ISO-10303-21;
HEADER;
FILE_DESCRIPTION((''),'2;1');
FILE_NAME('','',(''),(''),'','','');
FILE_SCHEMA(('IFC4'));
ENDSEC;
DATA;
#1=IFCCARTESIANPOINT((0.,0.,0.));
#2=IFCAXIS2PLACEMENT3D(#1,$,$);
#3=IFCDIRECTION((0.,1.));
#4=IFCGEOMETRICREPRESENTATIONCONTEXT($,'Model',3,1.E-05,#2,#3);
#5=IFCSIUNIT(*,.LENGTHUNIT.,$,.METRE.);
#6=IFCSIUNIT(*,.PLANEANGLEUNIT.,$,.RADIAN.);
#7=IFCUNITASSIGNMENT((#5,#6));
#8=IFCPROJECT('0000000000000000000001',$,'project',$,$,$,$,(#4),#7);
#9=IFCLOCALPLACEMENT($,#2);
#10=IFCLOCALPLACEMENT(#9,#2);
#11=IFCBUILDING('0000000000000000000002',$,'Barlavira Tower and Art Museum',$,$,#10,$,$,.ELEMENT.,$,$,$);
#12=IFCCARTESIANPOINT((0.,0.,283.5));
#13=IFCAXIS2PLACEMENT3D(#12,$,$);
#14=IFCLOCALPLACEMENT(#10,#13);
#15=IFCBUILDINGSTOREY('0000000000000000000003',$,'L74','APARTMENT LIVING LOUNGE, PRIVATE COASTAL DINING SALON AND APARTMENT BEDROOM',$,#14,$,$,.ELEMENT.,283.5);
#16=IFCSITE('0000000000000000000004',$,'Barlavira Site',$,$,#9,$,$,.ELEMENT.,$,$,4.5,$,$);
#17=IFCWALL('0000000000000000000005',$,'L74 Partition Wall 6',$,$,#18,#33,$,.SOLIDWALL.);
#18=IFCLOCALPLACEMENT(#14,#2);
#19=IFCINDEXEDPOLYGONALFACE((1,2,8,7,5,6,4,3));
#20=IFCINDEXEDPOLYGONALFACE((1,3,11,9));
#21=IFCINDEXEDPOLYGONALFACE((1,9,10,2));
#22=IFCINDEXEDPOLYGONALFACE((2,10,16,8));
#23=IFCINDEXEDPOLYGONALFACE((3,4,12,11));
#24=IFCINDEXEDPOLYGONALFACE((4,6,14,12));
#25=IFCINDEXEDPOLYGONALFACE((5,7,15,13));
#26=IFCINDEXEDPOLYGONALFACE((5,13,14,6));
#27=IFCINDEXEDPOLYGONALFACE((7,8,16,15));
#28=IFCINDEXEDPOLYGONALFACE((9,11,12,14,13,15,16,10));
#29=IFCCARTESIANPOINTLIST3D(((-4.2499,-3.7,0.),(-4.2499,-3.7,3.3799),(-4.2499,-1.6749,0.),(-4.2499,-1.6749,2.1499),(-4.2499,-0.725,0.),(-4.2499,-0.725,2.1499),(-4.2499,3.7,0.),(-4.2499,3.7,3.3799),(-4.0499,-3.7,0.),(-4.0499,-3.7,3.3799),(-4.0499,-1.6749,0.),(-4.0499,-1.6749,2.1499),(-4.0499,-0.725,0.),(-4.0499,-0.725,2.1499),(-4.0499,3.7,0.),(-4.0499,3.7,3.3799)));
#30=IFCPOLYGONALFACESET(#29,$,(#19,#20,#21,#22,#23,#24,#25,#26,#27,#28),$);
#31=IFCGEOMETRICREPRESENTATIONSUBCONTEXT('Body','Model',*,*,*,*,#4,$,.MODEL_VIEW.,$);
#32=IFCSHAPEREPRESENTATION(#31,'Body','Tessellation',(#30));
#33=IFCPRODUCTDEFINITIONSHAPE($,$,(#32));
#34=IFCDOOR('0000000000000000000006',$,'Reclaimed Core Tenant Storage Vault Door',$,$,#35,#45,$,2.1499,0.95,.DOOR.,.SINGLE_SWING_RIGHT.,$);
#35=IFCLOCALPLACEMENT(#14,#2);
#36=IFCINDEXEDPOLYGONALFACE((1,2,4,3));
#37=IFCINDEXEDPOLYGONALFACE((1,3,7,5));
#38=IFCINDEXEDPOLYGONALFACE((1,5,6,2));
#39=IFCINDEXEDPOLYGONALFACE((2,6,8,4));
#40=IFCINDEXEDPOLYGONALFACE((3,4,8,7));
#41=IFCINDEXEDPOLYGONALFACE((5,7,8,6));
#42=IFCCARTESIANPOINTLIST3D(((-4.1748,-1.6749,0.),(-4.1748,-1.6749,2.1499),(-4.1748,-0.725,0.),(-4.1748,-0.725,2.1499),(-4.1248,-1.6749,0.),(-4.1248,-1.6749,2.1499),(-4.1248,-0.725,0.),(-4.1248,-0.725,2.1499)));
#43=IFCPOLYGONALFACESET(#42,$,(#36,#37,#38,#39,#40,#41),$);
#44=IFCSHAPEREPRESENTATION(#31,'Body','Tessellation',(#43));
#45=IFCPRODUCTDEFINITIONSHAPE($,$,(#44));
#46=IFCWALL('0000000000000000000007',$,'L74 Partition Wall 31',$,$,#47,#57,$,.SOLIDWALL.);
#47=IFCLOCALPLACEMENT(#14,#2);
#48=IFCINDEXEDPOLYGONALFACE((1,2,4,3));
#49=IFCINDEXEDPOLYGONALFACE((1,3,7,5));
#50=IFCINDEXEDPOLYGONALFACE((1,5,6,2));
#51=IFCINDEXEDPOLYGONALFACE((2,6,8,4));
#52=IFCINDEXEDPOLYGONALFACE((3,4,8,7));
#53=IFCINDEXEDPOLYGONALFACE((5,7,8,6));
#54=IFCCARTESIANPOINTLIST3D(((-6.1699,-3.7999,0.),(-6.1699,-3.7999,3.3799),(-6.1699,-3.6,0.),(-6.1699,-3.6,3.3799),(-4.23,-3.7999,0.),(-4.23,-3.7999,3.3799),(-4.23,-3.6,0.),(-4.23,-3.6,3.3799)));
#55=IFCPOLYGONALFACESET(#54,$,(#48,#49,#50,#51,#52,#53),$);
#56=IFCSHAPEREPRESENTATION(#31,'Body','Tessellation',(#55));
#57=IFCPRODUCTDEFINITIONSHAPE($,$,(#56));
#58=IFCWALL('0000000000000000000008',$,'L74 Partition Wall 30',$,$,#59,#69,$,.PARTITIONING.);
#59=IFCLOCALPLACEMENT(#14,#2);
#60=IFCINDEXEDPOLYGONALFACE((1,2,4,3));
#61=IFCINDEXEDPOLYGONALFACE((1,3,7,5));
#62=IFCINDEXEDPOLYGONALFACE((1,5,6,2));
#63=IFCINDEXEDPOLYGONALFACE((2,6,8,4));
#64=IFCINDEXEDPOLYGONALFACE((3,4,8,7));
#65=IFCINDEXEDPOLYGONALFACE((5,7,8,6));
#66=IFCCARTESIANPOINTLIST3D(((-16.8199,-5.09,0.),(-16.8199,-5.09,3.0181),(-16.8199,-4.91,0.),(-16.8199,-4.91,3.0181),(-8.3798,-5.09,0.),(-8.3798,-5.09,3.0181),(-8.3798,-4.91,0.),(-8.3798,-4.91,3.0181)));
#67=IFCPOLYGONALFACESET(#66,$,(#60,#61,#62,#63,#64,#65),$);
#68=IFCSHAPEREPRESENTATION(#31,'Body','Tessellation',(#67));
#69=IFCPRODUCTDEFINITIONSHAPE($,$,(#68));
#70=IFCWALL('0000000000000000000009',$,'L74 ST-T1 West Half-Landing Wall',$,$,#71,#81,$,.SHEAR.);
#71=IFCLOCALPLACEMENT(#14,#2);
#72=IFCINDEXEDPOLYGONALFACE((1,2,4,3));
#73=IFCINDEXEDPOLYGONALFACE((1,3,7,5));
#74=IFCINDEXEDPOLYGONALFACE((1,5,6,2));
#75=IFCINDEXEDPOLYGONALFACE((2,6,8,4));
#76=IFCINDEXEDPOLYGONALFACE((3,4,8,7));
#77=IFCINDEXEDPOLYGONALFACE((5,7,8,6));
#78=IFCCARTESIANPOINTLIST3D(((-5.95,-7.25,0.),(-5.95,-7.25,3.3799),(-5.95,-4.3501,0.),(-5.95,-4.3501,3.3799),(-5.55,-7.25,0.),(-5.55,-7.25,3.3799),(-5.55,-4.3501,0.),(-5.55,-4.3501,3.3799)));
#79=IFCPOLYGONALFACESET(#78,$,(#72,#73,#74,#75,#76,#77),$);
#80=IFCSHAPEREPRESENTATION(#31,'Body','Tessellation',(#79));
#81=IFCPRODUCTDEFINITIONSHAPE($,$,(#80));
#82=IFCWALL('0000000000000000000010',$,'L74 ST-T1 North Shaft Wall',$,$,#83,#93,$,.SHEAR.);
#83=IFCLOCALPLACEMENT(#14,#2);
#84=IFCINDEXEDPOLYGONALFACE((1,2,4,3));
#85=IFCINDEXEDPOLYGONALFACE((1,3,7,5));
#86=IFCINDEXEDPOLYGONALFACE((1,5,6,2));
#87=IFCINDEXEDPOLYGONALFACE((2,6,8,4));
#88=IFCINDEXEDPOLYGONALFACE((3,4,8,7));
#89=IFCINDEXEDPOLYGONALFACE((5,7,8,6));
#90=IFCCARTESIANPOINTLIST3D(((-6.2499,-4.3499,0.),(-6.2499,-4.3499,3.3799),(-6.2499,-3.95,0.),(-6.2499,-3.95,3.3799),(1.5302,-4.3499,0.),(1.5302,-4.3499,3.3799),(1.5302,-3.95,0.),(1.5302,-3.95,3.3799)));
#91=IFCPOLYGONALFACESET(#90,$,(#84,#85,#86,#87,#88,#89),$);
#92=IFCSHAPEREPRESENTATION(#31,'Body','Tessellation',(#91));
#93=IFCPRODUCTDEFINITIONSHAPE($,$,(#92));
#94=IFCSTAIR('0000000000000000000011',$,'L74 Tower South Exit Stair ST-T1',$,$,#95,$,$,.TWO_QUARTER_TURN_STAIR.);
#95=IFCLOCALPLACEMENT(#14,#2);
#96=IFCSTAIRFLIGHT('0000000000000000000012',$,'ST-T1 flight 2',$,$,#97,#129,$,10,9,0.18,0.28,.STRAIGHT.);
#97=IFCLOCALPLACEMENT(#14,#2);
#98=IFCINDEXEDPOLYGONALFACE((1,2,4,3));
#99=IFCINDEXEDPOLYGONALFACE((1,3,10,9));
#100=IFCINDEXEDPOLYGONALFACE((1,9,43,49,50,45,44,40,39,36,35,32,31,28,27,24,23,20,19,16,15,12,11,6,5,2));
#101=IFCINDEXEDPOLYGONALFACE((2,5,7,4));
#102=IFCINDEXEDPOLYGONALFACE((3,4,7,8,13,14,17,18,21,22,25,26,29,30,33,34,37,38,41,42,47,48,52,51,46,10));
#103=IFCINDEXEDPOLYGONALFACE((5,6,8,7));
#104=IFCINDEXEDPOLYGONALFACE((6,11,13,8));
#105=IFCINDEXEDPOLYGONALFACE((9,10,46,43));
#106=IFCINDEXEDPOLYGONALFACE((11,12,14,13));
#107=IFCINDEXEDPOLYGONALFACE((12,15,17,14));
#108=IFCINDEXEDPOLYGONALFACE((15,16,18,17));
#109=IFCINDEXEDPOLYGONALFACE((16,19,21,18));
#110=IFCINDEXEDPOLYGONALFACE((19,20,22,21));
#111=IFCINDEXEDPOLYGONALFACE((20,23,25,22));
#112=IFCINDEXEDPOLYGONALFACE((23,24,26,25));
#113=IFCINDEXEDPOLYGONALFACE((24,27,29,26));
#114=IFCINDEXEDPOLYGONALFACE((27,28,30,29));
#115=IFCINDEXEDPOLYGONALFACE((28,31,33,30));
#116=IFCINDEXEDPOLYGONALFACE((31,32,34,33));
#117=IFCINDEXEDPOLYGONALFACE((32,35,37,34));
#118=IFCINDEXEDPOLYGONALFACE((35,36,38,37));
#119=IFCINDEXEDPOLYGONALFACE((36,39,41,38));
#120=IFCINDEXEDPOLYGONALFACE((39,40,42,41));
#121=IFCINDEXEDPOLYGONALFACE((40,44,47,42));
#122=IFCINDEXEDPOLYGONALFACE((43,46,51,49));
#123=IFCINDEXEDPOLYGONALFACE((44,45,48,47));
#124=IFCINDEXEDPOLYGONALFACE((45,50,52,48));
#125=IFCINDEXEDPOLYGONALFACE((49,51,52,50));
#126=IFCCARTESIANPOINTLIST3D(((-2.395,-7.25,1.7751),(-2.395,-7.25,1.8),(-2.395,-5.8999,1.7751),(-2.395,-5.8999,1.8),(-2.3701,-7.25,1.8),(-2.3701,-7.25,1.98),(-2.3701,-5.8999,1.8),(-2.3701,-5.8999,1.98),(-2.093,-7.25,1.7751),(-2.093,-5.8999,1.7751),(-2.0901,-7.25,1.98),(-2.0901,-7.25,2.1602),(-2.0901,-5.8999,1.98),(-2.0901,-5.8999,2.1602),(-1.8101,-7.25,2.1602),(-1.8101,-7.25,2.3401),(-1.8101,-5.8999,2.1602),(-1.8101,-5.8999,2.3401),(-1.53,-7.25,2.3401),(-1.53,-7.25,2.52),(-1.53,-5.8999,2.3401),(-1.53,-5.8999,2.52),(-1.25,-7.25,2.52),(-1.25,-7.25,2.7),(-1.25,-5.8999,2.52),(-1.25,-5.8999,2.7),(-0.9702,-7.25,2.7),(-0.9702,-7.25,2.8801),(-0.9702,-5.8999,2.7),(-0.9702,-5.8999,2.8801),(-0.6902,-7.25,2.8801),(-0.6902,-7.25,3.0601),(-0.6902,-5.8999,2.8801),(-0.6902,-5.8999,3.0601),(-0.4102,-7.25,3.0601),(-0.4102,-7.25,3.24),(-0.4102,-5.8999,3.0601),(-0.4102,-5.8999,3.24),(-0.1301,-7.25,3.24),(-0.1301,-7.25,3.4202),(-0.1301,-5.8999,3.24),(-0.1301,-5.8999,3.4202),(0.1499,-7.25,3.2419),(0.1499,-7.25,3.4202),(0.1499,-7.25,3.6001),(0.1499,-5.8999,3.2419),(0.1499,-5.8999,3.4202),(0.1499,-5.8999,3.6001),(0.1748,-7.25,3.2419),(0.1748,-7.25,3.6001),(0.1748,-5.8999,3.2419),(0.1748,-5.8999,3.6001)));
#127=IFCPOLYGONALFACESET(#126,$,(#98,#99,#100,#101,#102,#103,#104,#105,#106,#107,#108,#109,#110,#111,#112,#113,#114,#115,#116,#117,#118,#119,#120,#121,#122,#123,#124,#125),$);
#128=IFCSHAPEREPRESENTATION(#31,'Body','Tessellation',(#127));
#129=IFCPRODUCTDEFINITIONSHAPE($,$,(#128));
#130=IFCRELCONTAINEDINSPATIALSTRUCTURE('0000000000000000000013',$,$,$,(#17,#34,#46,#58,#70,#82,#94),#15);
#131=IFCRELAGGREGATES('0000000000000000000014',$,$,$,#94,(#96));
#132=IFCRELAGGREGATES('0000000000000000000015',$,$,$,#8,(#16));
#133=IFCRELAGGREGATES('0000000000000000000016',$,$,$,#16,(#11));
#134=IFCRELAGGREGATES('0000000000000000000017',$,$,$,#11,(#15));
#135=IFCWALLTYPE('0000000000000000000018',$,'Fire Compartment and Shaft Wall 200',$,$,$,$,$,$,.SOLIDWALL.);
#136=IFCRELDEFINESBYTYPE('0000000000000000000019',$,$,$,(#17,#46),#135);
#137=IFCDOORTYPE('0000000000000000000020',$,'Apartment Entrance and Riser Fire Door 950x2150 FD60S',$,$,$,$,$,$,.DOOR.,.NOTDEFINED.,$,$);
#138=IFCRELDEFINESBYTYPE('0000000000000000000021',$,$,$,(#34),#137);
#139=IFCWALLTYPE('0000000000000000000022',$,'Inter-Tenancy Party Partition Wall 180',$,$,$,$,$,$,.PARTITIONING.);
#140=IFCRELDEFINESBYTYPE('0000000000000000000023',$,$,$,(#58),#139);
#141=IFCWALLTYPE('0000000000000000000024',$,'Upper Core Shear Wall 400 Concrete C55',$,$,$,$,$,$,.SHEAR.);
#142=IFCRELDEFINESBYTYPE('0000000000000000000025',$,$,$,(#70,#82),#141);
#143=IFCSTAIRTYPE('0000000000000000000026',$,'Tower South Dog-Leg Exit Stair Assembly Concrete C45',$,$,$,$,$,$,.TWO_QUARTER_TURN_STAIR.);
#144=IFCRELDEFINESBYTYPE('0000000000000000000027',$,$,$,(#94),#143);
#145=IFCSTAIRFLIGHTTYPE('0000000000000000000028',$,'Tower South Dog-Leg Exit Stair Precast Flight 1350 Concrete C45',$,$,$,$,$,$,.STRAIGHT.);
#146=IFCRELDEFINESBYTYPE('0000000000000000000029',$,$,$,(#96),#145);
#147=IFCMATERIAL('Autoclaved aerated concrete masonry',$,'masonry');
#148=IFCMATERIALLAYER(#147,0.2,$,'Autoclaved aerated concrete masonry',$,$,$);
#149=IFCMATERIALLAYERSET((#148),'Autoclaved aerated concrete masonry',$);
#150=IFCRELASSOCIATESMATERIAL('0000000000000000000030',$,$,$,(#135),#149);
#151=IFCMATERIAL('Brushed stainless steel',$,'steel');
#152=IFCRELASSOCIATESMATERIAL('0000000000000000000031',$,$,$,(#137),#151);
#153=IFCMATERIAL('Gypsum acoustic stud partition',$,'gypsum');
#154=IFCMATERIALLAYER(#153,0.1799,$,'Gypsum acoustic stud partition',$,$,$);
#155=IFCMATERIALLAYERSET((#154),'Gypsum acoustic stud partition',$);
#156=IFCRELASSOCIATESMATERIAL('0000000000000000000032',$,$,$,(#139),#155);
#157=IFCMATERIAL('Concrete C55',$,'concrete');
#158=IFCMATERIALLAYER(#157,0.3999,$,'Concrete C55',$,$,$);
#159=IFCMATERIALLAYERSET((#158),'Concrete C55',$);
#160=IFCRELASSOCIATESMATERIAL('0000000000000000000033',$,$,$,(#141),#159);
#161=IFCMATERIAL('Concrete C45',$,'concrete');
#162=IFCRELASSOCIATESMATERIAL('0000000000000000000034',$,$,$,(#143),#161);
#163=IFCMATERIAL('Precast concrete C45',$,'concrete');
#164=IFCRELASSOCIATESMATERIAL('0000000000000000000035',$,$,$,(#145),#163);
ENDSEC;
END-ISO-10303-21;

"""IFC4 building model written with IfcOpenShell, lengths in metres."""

from ifc_helpers import new_model, si_unit, direction, frame, frame_2d, origin, place, context, subcontext, project, spatial, polyline, rectangle, outline, extrude, material, layer, layer_set, type_object, element, fill, aggregate, save


model = new_model("IFC4")

# Units and contexts
model_context = context("Model", 3, precision=1e-05, world=origin(), true_north=direction((0.0, 1.0)))
body_context = subcontext(model_context, "Body", "Model", "MODEL_VIEW")
ifc_project = project(units=[si_unit("LENGTHUNIT", "METRE"), si_unit("PLANEANGLEUNIT", "RADIAN")], contexts=[model_context])

# Site, building, storey
site_placement = place(None, origin())
site = spatial("IfcSite", under=ifc_project, at=site_placement, Name="Barlavira Site", CompositionType="ELEMENT", RefElevation=4.5)
building_placement = place(site_placement, origin())
building = spatial("IfcBuilding", under=site, at=building_placement, Name="Barlavira Tower and Art Museum", CompositionType="ELEMENT")
storey_placement = place(building_placement, frame((0.0, 0.0, 283.5)))
storey = spatial("IfcBuildingStorey", under=building, at=storey_placement, Name="L74", Description="APARTMENT LIVING LOUNGE, PRIVATE COASTAL DINING SALON AND APARTMENT BEDROOM", CompositionType="ELEMENT", Elevation=283.5)

# Shared definitions
ifc_material_1 = material(Name="Autoclaved aerated concrete masonry", Category="masonry")
ifc_layer_1 = layer(ifc_material_1, 0.2, Name="Autoclaved aerated concrete masonry")
ifc_layer_set_1 = layer_set([ifc_layer_1], Name="Autoclaved aerated concrete masonry")
wall_type_1 = type_object("IfcWallType", Name="Fire Compartment and Shaft Wall 200", PredefinedType="SOLIDWALL", material=ifc_layer_set_1)

# Wall, opening, door
wall_1_placement = place(storey_placement, frame((-4.1499, -3.7, 0.0), z_axis=(0.0, 0.0, 1.0), x_axis=(0.0, 1.0, 0.0)))
wall_1 = element("IfcWall", 1, at=wall_1_placement, inside=storey, type_object=wall_type_1, Name="L74 Partition Wall 6", PredefinedType="SOLIDWALL", context=body_context, shape_type="SweptSolid", body=[
    extrude(rectangle(XDim=7.3999, YDim=0.2, at=frame_2d((3.7, 0.0))), origin(), (0.0, 0.0, 1.0), 3.3799),
])
opening_1_placement = place(wall_1_placement, frame((2.0249, 0.0, 0.0)))
opening_1 = element("IfcOpeningElement", 2, at=opening_1_placement, cuts=wall_1, PredefinedType="OPENING", context=body_context, shape_type="SweptSolid", body=[
    extrude(rectangle(XDim=0.95, YDim=2.1499, at=frame_2d((0.4751, 1.075))), frame((0.0, 0.1099, 0.0), z_axis=(0.0, -1.0, 0.0), x_axis=(1.0, 0.0, 0.0)), (0.0, 0.0, 1.0), 0.22),
])
ifc_material_2 = material(Name="Brushed stainless steel", Category="steel")
door_type = type_object("IfcDoorType", Name="Apartment Entrance and Riser Fire Door 950x2150 FD60S", OperationType="NOTDEFINED", PredefinedType="DOOR", material=ifc_material_2)
door_1_placement = place(opening_1_placement, origin())
door_1 = element("IfcDoor", 3, at=door_1_placement, inside=storey, type_object=door_type, Name="Reclaimed Core Tenant Storage Vault Door", OperationType="SINGLE_SWING_RIGHT", OverallHeight=2.1499, OverallWidth=0.95, PredefinedType="DOOR", context=body_context, shape_type="SweptSolid", body=[
    extrude(rectangle(XDim=0.95, YDim=2.1499, at=frame_2d((0.4751, 1.075))), frame((0.0, 0.0249, 0.0), z_axis=(0.0, -1.0, 0.0), x_axis=(1.0, 0.0, 0.0)), (0.0, 0.0, 1.0), 0.05),
])
fill(opening_1, door_1)

# Wall
wall_2_placement = place(storey_placement, frame((-6.1699, -3.7, 0.0), z_axis=(0.0, 0.0, 1.0), x_axis=(1.0, 0.0, 0.0)))
element("IfcWall", 4, at=wall_2_placement, inside=storey, type_object=wall_type_1, Name="L74 Partition Wall 31", PredefinedType="SOLIDWALL", context=body_context, shape_type="SweptSolid", body=[
    extrude(rectangle(XDim=1.9399, YDim=0.2, at=frame_2d((0.97, 0.0))), origin(), (0.0, 0.0, 1.0), 3.3799),
])

# Shared definitions
ifc_material_3 = material(Name="Gypsum acoustic stud partition", Category="gypsum")
ifc_layer_2 = layer(ifc_material_3, 0.1799, Name="Gypsum acoustic stud partition")
ifc_layer_set_2 = layer_set([ifc_layer_2], Name="Gypsum acoustic stud partition")
wall_type_2 = type_object("IfcWallType", Name="Inter-Tenancy Party Partition Wall 180", PredefinedType="PARTITIONING", material=ifc_layer_set_2)

# Walls
wall_3_placement = place(storey_placement, frame((-16.8201, -5.0, 0.0), z_axis=(0.0, 0.0, 1.0), x_axis=(1.0, 0.0, 0.0)))
element("IfcWall", 5, at=wall_3_placement, inside=storey, type_object=wall_type_2, Name="L74 Partition Wall 30", PredefinedType="PARTITIONING", context=body_context, shape_type="SweptSolid", body=[
    extrude(rectangle(XDim=8.4402, YDim=0.1799, at=frame_2d((4.2202, 0.0))), origin(), (0.0, 0.0, 1.0), 3.0181),
])
ifc_material_4 = material(Name="Concrete C55", Category="concrete")
ifc_layer_3 = layer(ifc_material_4, 0.3999, Name="Concrete C55")
ifc_layer_set_3 = layer_set([ifc_layer_3], Name="Concrete C55")
wall_type_3 = type_object("IfcWallType", Name="Upper Core Shear Wall 400 Concrete C55", PredefinedType="SHEAR", material=ifc_layer_set_3)
wall_4_placement = place(storey_placement, frame((-5.75, -7.25, 0.0), z_axis=(0.0, 0.0, 1.0), x_axis=(0.0, 1.0, 0.0)))
element("IfcWall", 6, at=wall_4_placement, inside=storey, type_object=wall_type_3, Name="L74 ST-T1 West Half-Landing Wall", PredefinedType="SHEAR", context=body_context, shape_type="SweptSolid", body=[
    extrude(rectangle(XDim=2.8999, YDim=0.3999, at=frame_2d((1.45, 0.0))), origin(), (0.0, 0.0, 1.0), 3.3799),
])
wall_5_placement = place(storey_placement, frame((-6.25, -4.1499, 0.0), z_axis=(0.0, 0.0, 1.0), x_axis=(1.0, 0.0, 0.0)))
element("IfcWall", 7, at=wall_5_placement, inside=storey, type_object=wall_type_3, Name="L74 ST-T1 North Shaft Wall", PredefinedType="SHEAR", context=body_context, shape_type="SweptSolid", body=[
    extrude(rectangle(XDim=7.78, YDim=0.3999, at=frame_2d((3.8901, 0.0))), origin(), (0.0, 0.0, 1.0), 3.3799),
])

# Stair, stair flight
ifc_material_5 = material(Name="Concrete C45", Category="concrete")
stair_type = type_object("IfcStairType", Name="Tower South Dog-Leg Exit Stair Assembly Concrete C45", PredefinedType="TWO_QUARTER_TURN_STAIR", material=ifc_material_5)
stair_placement = place(storey_placement, origin())
stair = element("IfcStair", 8, at=stair_placement, inside=storey, type_object=stair_type, Name="L74 Tower South Exit Stair ST-T1", PredefinedType="TWO_QUARTER_TURN_STAIR")
ifc_material_6 = material(Name="Precast concrete C45", Category="concrete")
stair_flight_type = type_object("IfcStairFlightType", Name="Tower South Dog-Leg Exit Stair Precast Flight 1350 Concrete C45", PredefinedType="STRAIGHT", material=ifc_material_6)
stair_flight_placement = place(storey_placement, frame((-2.3701, -6.575, 1.8), z_axis=(0.0, 0.0, 1.0), x_axis=(1.0, 0.0, 0.0)))
stair_flight = element("IfcStairFlight", 9, at=stair_flight_placement, type_object=stair_flight_type, Name="ST-T1 flight 2", NumberOfRisers=10, NumberOfTreads=9, PredefinedType="STRAIGHT", RiserHeight=0.18, TreadLength=0.28, context=body_context, shape_type="SweptSolid", body=[
    extrude(outline(polyline([(-0.0249, 0.0), (0.0, 0.0), (0.0, 0.1799), (0.28, 0.1799), (0.28, 0.3601), (0.5601, 0.3601), (0.5601, 0.54), (0.8401, 0.54), (0.8401, 0.72), (1.1201, 0.72), (1.1201, 0.8999), (1.3999, 0.8999), (1.3999, 1.0801), (1.6799, 1.0801), (1.6799, 1.26), (1.96, 1.26), (1.96, 1.4399), (2.24, 1.4399), (2.24, 1.6201), (2.52, 1.6201), (2.52, 1.8), (2.5449, 1.8), (2.5449, 1.4419), (2.52, 1.4419), (0.2771, -0.0249), (-0.0249, -0.0249), (-0.0249, 0.0)])), frame((0.0, 0.675, 0.0), z_axis=(0.0, -1.0, 0.0), x_axis=(1.0, 0.0, 0.0)), (0.0, 0.0, 1.0), 1.3501),
])
aggregate(stair, [stair_flight])

save(model, "model.ifc")
